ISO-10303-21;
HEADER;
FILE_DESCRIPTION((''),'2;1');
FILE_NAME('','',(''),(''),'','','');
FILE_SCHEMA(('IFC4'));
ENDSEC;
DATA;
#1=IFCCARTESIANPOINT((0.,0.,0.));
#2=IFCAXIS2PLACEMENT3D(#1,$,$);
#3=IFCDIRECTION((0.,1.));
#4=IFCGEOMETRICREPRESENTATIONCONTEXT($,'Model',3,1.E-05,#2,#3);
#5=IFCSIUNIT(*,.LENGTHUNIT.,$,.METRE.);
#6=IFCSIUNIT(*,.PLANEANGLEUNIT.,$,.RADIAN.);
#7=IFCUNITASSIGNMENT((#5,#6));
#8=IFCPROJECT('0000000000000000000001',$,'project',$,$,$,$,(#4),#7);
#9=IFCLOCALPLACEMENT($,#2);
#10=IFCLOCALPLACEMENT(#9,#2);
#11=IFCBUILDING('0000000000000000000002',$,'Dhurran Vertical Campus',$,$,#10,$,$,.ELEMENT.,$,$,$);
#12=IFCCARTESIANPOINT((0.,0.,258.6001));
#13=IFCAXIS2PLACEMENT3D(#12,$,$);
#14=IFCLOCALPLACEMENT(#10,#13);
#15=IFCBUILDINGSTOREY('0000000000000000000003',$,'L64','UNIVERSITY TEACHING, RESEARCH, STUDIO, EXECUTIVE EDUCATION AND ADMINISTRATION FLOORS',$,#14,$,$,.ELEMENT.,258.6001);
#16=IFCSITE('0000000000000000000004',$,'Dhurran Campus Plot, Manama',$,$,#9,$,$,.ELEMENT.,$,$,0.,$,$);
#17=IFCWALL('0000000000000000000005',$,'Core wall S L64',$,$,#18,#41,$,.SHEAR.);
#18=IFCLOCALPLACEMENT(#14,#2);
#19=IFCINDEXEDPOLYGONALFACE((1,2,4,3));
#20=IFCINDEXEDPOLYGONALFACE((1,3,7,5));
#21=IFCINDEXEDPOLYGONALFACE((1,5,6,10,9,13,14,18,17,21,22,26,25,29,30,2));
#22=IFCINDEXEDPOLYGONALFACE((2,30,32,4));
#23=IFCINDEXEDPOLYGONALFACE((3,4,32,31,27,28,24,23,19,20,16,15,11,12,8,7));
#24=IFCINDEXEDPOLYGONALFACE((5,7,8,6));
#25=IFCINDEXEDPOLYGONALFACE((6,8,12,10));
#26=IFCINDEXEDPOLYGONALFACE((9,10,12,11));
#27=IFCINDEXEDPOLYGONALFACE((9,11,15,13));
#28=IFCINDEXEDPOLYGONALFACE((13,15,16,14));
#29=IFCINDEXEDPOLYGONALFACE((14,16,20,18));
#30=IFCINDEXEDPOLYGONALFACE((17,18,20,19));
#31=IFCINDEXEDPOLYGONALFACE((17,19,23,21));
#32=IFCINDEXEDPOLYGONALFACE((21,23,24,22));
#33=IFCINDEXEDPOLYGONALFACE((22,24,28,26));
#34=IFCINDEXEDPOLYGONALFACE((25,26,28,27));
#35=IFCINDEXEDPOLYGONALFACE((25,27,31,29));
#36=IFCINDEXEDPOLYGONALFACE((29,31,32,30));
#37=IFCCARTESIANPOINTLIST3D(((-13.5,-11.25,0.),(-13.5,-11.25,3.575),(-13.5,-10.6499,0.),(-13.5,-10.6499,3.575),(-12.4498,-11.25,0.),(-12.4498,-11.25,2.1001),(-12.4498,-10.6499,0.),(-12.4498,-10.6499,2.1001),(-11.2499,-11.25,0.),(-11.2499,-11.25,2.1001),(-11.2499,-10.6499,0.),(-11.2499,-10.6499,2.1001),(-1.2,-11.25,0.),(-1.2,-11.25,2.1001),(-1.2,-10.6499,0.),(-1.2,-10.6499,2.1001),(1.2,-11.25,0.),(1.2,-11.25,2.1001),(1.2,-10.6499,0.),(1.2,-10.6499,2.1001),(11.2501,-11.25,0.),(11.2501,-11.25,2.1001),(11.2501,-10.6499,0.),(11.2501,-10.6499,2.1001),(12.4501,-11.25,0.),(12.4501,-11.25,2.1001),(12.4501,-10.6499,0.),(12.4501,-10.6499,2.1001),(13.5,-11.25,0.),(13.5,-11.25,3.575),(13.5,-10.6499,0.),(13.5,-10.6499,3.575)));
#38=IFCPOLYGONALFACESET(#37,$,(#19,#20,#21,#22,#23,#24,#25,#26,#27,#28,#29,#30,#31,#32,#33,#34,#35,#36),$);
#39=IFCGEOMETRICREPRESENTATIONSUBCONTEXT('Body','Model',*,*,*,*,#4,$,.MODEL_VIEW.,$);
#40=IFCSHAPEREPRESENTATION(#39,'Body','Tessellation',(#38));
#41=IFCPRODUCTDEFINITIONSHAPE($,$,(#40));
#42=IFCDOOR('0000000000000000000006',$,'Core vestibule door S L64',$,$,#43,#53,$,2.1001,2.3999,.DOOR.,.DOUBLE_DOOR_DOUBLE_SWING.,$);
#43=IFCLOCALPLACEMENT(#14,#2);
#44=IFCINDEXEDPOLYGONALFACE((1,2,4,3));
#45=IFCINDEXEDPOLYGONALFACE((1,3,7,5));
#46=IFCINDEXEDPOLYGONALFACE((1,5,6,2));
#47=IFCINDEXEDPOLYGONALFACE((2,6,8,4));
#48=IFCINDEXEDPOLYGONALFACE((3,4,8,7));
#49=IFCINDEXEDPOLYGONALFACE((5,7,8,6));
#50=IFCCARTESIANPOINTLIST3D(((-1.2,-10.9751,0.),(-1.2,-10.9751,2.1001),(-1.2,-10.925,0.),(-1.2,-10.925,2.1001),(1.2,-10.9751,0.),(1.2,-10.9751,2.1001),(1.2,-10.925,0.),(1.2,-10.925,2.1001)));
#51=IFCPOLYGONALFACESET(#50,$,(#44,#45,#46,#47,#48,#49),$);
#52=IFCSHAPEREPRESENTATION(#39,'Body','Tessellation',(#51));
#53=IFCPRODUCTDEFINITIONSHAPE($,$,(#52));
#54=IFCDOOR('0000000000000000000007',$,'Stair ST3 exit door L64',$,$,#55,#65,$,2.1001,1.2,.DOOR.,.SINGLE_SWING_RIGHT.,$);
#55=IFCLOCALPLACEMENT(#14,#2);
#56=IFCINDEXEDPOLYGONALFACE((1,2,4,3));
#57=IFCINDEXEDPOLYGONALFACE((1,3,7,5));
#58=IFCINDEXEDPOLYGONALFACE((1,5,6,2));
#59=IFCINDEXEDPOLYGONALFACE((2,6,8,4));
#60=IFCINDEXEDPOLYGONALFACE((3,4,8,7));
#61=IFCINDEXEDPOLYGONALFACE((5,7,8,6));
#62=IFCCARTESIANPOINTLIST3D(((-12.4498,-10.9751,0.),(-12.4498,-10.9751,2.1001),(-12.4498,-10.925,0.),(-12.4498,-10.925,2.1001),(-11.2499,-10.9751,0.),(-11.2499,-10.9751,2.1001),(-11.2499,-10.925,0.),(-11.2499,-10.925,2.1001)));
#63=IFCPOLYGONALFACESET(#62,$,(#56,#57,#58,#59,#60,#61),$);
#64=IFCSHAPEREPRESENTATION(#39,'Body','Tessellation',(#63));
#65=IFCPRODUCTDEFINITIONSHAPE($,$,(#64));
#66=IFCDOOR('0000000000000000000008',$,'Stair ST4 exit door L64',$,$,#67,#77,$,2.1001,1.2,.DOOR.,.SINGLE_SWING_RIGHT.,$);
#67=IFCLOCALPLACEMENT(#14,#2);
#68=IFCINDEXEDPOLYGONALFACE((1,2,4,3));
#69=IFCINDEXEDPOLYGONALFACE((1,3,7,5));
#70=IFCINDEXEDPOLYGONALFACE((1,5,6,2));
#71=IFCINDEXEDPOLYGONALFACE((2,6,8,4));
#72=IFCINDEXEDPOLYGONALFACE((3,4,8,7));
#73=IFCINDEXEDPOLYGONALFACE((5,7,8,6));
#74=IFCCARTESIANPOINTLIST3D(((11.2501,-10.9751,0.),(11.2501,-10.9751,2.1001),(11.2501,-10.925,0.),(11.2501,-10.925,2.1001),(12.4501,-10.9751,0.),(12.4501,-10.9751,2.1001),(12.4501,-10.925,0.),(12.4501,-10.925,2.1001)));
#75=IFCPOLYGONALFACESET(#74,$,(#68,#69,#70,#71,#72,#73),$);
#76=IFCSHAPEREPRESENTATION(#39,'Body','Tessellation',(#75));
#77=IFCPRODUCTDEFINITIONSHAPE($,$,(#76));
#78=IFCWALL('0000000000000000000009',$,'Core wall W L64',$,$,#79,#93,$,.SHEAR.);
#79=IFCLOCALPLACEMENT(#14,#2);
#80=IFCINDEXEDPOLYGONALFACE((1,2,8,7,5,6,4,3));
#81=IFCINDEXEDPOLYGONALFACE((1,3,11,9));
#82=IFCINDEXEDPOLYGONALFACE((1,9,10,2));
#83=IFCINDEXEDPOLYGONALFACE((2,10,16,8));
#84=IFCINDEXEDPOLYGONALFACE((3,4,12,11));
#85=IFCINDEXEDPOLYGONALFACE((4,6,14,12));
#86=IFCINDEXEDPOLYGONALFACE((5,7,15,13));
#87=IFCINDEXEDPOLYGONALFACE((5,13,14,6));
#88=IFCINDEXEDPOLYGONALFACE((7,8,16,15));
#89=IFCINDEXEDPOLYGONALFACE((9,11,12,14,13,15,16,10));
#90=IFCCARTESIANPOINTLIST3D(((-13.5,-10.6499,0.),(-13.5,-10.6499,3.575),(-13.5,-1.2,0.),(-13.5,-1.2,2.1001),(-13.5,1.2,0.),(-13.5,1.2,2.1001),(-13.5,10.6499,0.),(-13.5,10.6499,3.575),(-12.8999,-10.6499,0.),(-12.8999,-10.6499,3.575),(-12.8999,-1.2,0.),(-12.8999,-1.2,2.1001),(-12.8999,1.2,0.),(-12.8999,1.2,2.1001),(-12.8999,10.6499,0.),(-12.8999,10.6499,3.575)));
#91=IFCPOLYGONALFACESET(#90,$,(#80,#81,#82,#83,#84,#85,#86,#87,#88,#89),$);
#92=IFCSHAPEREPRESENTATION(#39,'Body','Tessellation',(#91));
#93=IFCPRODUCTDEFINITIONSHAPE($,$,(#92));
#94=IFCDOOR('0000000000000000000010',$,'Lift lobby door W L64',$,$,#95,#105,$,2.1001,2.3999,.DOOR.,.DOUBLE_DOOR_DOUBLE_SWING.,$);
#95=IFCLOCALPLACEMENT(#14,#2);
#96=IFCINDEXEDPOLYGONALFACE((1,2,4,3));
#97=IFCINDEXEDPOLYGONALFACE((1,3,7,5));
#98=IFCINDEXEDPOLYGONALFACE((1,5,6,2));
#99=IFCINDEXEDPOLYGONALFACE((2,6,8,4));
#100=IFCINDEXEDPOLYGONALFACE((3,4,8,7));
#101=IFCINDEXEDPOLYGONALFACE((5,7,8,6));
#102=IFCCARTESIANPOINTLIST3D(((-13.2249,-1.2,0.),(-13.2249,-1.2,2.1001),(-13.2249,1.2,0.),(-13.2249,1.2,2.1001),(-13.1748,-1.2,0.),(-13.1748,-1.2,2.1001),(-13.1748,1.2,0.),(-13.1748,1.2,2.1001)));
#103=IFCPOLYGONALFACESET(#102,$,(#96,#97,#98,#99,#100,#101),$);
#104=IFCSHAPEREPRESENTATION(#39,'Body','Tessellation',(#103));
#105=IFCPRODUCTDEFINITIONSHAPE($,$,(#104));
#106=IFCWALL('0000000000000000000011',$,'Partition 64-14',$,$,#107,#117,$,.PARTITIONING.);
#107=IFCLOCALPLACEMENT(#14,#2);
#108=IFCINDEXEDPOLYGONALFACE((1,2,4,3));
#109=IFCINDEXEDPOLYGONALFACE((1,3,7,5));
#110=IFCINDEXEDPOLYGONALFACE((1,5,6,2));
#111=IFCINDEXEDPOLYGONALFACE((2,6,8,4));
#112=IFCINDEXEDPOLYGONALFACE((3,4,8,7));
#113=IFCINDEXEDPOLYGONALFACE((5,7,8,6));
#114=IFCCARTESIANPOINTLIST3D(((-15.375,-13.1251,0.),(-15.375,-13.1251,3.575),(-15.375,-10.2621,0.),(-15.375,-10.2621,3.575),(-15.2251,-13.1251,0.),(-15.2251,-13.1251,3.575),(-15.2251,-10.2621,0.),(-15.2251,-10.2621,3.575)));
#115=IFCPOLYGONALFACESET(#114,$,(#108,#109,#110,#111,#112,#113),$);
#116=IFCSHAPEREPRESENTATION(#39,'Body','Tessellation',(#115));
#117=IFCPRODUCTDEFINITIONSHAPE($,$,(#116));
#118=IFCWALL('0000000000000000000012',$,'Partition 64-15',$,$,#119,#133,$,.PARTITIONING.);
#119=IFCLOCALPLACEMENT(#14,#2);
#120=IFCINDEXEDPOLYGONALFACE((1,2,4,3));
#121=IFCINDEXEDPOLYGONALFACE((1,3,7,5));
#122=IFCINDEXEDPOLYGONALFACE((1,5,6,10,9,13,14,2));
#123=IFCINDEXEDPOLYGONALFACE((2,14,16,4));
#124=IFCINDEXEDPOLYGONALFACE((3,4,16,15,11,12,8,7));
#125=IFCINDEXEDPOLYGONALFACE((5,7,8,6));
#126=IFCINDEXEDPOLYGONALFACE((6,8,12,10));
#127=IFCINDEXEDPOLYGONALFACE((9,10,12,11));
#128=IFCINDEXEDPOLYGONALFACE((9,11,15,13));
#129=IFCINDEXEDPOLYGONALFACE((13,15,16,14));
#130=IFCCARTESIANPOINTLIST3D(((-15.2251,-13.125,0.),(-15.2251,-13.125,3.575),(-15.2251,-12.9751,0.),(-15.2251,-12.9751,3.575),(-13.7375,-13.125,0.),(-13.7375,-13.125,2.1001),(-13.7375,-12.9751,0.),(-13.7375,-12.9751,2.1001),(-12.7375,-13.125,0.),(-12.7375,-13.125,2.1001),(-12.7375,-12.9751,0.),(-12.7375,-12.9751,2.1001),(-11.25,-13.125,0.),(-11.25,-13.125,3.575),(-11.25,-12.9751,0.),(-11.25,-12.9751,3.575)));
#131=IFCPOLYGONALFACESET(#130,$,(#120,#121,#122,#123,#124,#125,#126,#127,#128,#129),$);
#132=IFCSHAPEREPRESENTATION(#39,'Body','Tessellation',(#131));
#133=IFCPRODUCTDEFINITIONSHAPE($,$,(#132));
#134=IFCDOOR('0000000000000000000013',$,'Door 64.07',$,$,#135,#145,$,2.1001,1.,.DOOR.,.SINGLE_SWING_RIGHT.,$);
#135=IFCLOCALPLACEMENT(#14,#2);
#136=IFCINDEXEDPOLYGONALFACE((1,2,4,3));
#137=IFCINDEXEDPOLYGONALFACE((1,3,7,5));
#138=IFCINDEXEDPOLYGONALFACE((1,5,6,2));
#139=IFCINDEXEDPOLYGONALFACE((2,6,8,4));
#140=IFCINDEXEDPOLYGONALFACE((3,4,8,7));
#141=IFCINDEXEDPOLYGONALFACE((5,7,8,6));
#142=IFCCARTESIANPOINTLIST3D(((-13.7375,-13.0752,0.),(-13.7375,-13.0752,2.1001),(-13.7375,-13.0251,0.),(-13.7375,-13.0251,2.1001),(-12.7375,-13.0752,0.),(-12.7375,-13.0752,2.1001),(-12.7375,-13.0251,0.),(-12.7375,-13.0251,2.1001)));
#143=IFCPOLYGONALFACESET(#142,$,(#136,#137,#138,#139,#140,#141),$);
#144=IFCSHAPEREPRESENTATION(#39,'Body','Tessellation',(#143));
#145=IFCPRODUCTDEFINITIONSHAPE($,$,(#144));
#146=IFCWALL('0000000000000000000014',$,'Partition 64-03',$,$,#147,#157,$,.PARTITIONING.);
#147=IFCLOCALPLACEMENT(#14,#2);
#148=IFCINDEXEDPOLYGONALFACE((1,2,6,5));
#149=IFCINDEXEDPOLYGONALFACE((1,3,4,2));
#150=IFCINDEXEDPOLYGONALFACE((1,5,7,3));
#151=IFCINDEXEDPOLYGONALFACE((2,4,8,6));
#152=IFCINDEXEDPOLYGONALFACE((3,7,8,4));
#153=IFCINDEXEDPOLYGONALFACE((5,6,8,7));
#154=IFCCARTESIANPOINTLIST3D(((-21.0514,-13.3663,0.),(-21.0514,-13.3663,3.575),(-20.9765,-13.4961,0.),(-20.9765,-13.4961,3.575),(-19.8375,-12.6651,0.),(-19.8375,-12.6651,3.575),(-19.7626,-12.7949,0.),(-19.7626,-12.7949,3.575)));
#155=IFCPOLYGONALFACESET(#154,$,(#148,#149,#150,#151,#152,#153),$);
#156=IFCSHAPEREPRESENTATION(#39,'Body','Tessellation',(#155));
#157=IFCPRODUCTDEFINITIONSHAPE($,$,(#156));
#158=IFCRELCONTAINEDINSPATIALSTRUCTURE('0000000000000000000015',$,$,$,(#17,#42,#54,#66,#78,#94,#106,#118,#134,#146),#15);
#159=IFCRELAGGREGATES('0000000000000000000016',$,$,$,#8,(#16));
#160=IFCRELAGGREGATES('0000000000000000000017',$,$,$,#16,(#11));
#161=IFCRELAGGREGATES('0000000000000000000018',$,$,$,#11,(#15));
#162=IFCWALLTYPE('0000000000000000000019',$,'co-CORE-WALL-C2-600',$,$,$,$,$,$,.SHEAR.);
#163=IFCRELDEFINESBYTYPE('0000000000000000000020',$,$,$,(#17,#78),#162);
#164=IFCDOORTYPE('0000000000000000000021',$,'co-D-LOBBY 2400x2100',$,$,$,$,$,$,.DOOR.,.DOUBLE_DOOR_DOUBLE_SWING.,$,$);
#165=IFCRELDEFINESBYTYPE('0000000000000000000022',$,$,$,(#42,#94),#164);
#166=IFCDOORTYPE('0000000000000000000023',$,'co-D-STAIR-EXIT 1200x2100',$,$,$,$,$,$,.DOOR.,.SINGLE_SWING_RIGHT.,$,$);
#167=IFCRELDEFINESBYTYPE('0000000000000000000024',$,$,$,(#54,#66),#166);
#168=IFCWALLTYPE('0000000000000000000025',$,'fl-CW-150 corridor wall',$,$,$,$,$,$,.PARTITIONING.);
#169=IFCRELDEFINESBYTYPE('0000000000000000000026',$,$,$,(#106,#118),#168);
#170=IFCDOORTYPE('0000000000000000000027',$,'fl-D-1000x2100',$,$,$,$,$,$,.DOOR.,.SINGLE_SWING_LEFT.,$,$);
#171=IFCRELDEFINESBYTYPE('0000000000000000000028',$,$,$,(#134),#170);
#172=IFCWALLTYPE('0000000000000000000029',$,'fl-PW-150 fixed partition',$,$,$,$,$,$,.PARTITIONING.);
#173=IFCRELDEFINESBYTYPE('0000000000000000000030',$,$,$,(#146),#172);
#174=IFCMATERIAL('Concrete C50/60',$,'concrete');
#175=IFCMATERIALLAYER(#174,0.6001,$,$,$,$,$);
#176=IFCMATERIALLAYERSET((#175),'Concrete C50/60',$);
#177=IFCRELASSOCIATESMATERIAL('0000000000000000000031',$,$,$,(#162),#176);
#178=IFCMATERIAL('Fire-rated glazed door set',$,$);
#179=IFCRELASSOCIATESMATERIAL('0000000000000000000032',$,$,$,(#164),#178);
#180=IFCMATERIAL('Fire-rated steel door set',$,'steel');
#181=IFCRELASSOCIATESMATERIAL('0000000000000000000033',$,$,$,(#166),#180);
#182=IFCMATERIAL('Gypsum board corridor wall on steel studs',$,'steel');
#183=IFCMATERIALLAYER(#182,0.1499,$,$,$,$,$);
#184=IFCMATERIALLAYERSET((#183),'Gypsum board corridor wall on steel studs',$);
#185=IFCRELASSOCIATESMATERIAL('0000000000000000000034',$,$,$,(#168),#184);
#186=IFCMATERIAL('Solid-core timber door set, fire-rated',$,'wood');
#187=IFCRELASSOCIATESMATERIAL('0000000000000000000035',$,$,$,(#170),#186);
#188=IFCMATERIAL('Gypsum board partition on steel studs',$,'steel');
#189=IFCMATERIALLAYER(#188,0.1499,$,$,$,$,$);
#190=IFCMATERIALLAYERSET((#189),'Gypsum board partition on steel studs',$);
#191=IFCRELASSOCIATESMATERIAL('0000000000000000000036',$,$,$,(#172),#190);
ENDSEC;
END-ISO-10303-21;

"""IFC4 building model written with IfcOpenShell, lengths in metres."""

from ifc_helpers import new_model, si_unit, direction, frame, frame_2d, origin, place, context, subcontext, project, spatial, rectangle, extrude, material, layer, layer_set, type_object, element, fill, save


model = new_model("IFC4")

# Units and contexts
model_context = context("Model", 3, precision=1e-05, world=origin(), true_north=direction((0.0, 1.0)))
body_context = subcontext(model_context, "Body", "Model", "MODEL_VIEW")
ifc_project = project(units=[si_unit("LENGTHUNIT", "METRE"), si_unit("PLANEANGLEUNIT", "RADIAN")], contexts=[model_context])

# Site, building, storey
site_placement = place(None, origin())
site = spatial("IfcSite", under=ifc_project, at=site_placement, Name="Dhurran Campus Plot, Manama", CompositionType="ELEMENT", RefElevation=0.0)
building_placement = place(site_placement, origin())
building = spatial("IfcBuilding", under=site, at=building_placement, Name="Dhurran Vertical Campus", CompositionType="ELEMENT")
storey_placement = place(building_placement, frame((0.0, 0.0, 258.6001)))
storey = spatial("IfcBuildingStorey", under=building, at=storey_placement, Name="L64", Description="UNIVERSITY TEACHING, RESEARCH, STUDIO, EXECUTIVE EDUCATION AND ADMINISTRATION FLOORS", CompositionType="ELEMENT", Elevation=258.6001)

# Wall, openings, doors
ifc_material_1 = material(Name="Concrete C50/60", Category="concrete")
ifc_layer_1 = layer(ifc_material_1, 0.6001)
ifc_layer_set_1 = layer_set([ifc_layer_1], Name="Concrete C50/60")
wall_type_1 = type_object("IfcWallType", Name="co-CORE-WALL-C2-600", PredefinedType="SHEAR", material=ifc_layer_set_1)
wall_1_placement = place(storey_placement, frame((-13.5, -10.95, 0.0), z_axis=(0.0, 0.0, 1.0), x_axis=(1.0, 0.0, 0.0)))
wall_1 = element("IfcWall", 1, at=wall_1_placement, inside=storey, type_object=wall_type_1, Name="Core wall S L64", PredefinedType="SHEAR", context=body_context, shape_type="SweptSolid", body=[
    extrude(rectangle(XDim=27.0, YDim=0.6001, at=frame_2d((13.5, 0.0))), origin(), (0.0, 0.0, 1.0), 3.575),
])
opening_1_placement = place(wall_1_placement, frame((12.3, 0.0, 0.0)))
opening_1 = element("IfcOpeningElement", 2, at=opening_1_placement, cuts=wall_1, PredefinedType="OPENING", context=body_context, shape_type="SweptSolid", body=[
    extrude(rectangle(XDim=2.3999, YDim=2.1001, at=frame_2d((1.2, 1.05))), frame((0.0, 0.3101, 0.0), z_axis=(0.0, -1.0, 0.0), x_axis=(1.0, 0.0, 0.0)), (0.0, 0.0, 1.0), 0.6201),
])
opening_2_placement = place(wall_1_placement, frame((1.05, 0.0, 0.0)))
opening_2 = element("IfcOpeningElement", 3, at=opening_2_placement, cuts=wall_1, PredefinedType="OPENING", context=body_context, shape_type="SweptSolid", body=[
    extrude(rectangle(XDim=1.2, YDim=2.1001, at=frame_2d((0.6001, 1.05))), frame((0.0, 0.3101, 0.0), z_axis=(0.0, -1.0, 0.0), x_axis=(1.0, 0.0, 0.0)), (0.0, 0.0, 1.0), 0.6201),
])
opening_3_placement = place(wall_1_placement, frame((24.75, 0.0, 0.0)))
opening_3 = element("IfcOpeningElement", 4, at=opening_3_placement, cuts=wall_1, PredefinedType="OPENING", context=body_context, shape_type="SweptSolid", body=[
    extrude(rectangle(XDim=1.2, YDim=2.1001, at=frame_2d((0.6001, 1.05))), frame((0.0, 0.3101, 0.0), z_axis=(0.0, -1.0, 0.0), x_axis=(1.0, 0.0, 0.0)), (0.0, 0.0, 1.0), 0.6201),
])
ifc_material_2 = material(Name="Fire-rated glazed door set")
door_type_1 = type_object("IfcDoorType", Name="co-D-LOBBY 2400x2100", OperationType="DOUBLE_DOOR_DOUBLE_SWING", PredefinedType="DOOR", material=ifc_material_2)
door_1_placement = place(opening_1_placement, origin())
door_1 = element("IfcDoor", 5, at=door_1_placement, inside=storey, type_object=door_type_1, Name="Core vestibule door S L64", OperationType="DOUBLE_DOOR_DOUBLE_SWING", OverallHeight=2.1001, OverallWidth=2.3999, PredefinedType="DOOR", context=body_context, shape_type="SweptSolid", body=[
    extrude(rectangle(XDim=2.3999, YDim=2.1001, at=frame_2d((1.2, 1.05))), frame((0.0, 0.0249, 0.0), z_axis=(0.0, -1.0, 0.0), x_axis=(1.0, 0.0, 0.0)), (0.0, 0.0, 1.0), 0.05),
])
fill(opening_1, door_1)
ifc_material_3 = material(Name="Fire-rated steel door set", Category="steel")
door_type_2 = type_object("IfcDoorType", Name="co-D-STAIR-EXIT 1200x2100", OperationType="SINGLE_SWING_RIGHT", PredefinedType="DOOR", material=ifc_material_3)
door_2_placement = place(opening_2_placement, origin())
door_2 = element("IfcDoor", 6, at=door_2_placement, inside=storey, type_object=door_type_2, Name="Stair ST3 exit door L64", OperationType="SINGLE_SWING_RIGHT", OverallHeight=2.1001, OverallWidth=1.2, PredefinedType="DOOR", context=body_context, shape_type="SweptSolid", body=[
    extrude(rectangle(XDim=1.2, YDim=2.1001, at=frame_2d((0.6001, 1.05))), frame((0.0, 0.0249, 0.0), z_axis=(0.0, -1.0, 0.0), x_axis=(1.0, 0.0, 0.0)), (0.0, 0.0, 1.0), 0.05),
])
fill(opening_2, door_2)
door_3_placement = place(opening_3_placement, origin())
door_3 = element("IfcDoor", 7, at=door_3_placement, inside=storey, type_object=door_type_2, Name="Stair ST4 exit door L64", OperationType="SINGLE_SWING_RIGHT", OverallHeight=2.1001, OverallWidth=1.2, PredefinedType="DOOR", context=body_context, shape_type="SweptSolid", body=[
    extrude(rectangle(XDim=1.2, YDim=2.1001, at=frame_2d((0.6001, 1.05))), frame((0.0, 0.0249, 0.0), z_axis=(0.0, -1.0, 0.0), x_axis=(1.0, 0.0, 0.0)), (0.0, 0.0, 1.0), 0.05),
])
fill(opening_3, door_3)

# Wall, opening, door
wall_2_placement = place(storey_placement, frame((-13.2, -10.6499, 0.0), z_axis=(0.0, 0.0, 1.0), x_axis=(0.0, 1.0, 0.0)))
wall_2 = element("IfcWall", 8, at=wall_2_placement, inside=storey, type_object=wall_type_1, Name="Core wall W L64", PredefinedType="SHEAR", context=body_context, shape_type="SweptSolid", body=[
    extrude(rectangle(XDim=21.2998, YDim=0.6001, at=frame_2d((10.6499, 0.0))), origin(), (0.0, 0.0, 1.0), 3.575),
])
opening_4_placement = place(wall_2_placement, frame((9.45, 0.0, 0.0)))
opening_4 = element("IfcOpeningElement", 9, at=opening_4_placement, cuts=wall_2, PredefinedType="OPENING", context=body_context, shape_type="SweptSolid", body=[
    extrude(rectangle(XDim=2.3999, YDim=2.1001, at=frame_2d((1.2, 1.05))), frame((0.0, 0.3101, 0.0), z_axis=(0.0, -1.0, 0.0), x_axis=(1.0, 0.0, 0.0)), (0.0, 0.0, 1.0), 0.6201),
])
door_4_placement = place(opening_4_placement, origin())
door_4 = element("IfcDoor", 10, at=door_4_placement, inside=storey, type_object=door_type_1, Name="Lift lobby door W L64", OperationType="DOUBLE_DOOR_DOUBLE_SWING", OverallHeight=2.1001, OverallWidth=2.3999, PredefinedType="DOOR", context=body_context, shape_type="SweptSolid", body=[
    extrude(rectangle(XDim=2.3999, YDim=2.1001, at=frame_2d((1.2, 1.05))), frame((0.0, 0.0249, 0.0), z_axis=(0.0, -1.0, 0.0), x_axis=(1.0, 0.0, 0.0)), (0.0, 0.0, 1.0), 0.05),
])
fill(opening_4, door_4)

# Wall
ifc_material_4 = material(Name="Gypsum board corridor wall on steel studs", Category="steel")
ifc_layer_2 = layer(ifc_material_4, 0.1499)
ifc_layer_set_2 = layer_set([ifc_layer_2], Name="Gypsum board corridor wall on steel studs")
wall_type_2 = type_object("IfcWallType", Name="fl-CW-150 corridor wall", PredefinedType="PARTITIONING", material=ifc_layer_set_2)
wall_3_placement = place(storey_placement, frame((-15.3, -10.262, 0.0), z_axis=(0.0, 0.0, 1.0), x_axis=(0.0, -1.0, 0.0)))
element("IfcWall", 11, at=wall_3_placement, inside=storey, type_object=wall_type_2, Name="Partition 64-14", PredefinedType="PARTITIONING", context=body_context, shape_type="SweptSolid", body=[
    extrude(rectangle(XDim=2.863, YDim=0.1499, at=frame_2d((1.4316, 0.0))), origin(), (0.0, 0.0, 1.0), 3.575),
])

# Wall, opening, door
wall_4_placement = place(storey_placement, frame((-15.2251, -13.05, 0.0), z_axis=(0.0, 0.0, 1.0), x_axis=(1.0, 0.0, 0.0)))
wall_4 = element("IfcWall", 12, at=wall_4_placement, inside=storey, type_object=wall_type_2, Name="Partition 64-15", PredefinedType="PARTITIONING", context=body_context, shape_type="SweptSolid", body=[
    extrude(rectangle(XDim=3.9751, YDim=0.1499, at=frame_2d((1.9875, 0.0))), origin(), (0.0, 0.0, 1.0), 3.575),
])
opening_5_placement = place(wall_4_placement, frame((1.4875, 0.0, 0.0)))
opening_5 = element("IfcOpeningElement", 13, at=opening_5_placement, cuts=wall_4, PredefinedType="OPENING", context=body_context, shape_type="SweptSolid", body=[
    extrude(rectangle(XDim=1.0, YDim=2.1001, at=frame_2d((0.5, 1.05))), frame((0.0, 0.085, 0.0), z_axis=(0.0, -1.0, 0.0), x_axis=(1.0, 0.0, 0.0)), (0.0, 0.0, 1.0), 0.1699),
])
ifc_material_5 = material(Name="Solid-core timber door set, fire-rated", Category="wood")
door_type_3 = type_object("IfcDoorType", Name="fl-D-1000x2100", OperationType="SINGLE_SWING_LEFT", PredefinedType="DOOR", material=ifc_material_5)
door_5_placement = place(opening_5_placement, origin())
door_5 = element("IfcDoor", 14, at=door_5_placement, inside=storey, type_object=door_type_3, Name="Door 64.07", OperationType="SINGLE_SWING_RIGHT", OverallHeight=2.1001, OverallWidth=1.0, PredefinedType="DOOR", context=body_context, shape_type="SweptSolid", body=[
    extrude(rectangle(XDim=1.0, YDim=2.1001, at=frame_2d((0.5, 1.05))), frame((0.0, 0.0249, 0.0), z_axis=(0.0, -1.0, 0.0), x_axis=(1.0, 0.0, 0.0)), (0.0, 0.0, 1.0), 0.05),
])
fill(opening_5, door_5)

# Wall
ifc_material_6 = material(Name="Gypsum board partition on steel studs", Category="steel")
ifc_layer_3 = layer(ifc_material_6, 0.1499)
ifc_layer_set_3 = layer_set([ifc_layer_3], Name="Gypsum board partition on steel studs")
wall_type_3 = type_object("IfcWallType", Name="fl-PW-150 fixed partition", PredefinedType="PARTITIONING", material=ifc_layer_set_3)
wall_5_placement = place(storey_placement, frame((-19.8, -12.73, 0.0), z_axis=(0.0, 0.0, 1.0), x_axis=(-0.865919, -0.500185, 0.0)))
element("IfcWall", 15, at=wall_5_placement, inside=storey, type_object=wall_type_3, Name="Partition 64-03", PredefinedType="PARTITIONING", context=body_context, shape_type="SweptSolid", body=[
    extrude(rectangle(XDim=1.4019, YDim=0.1499, at=frame_2d((0.7009, 0.0))), origin(), (0.0, 0.0, 1.0), 3.575),
])

save(model, "model.ifc")
